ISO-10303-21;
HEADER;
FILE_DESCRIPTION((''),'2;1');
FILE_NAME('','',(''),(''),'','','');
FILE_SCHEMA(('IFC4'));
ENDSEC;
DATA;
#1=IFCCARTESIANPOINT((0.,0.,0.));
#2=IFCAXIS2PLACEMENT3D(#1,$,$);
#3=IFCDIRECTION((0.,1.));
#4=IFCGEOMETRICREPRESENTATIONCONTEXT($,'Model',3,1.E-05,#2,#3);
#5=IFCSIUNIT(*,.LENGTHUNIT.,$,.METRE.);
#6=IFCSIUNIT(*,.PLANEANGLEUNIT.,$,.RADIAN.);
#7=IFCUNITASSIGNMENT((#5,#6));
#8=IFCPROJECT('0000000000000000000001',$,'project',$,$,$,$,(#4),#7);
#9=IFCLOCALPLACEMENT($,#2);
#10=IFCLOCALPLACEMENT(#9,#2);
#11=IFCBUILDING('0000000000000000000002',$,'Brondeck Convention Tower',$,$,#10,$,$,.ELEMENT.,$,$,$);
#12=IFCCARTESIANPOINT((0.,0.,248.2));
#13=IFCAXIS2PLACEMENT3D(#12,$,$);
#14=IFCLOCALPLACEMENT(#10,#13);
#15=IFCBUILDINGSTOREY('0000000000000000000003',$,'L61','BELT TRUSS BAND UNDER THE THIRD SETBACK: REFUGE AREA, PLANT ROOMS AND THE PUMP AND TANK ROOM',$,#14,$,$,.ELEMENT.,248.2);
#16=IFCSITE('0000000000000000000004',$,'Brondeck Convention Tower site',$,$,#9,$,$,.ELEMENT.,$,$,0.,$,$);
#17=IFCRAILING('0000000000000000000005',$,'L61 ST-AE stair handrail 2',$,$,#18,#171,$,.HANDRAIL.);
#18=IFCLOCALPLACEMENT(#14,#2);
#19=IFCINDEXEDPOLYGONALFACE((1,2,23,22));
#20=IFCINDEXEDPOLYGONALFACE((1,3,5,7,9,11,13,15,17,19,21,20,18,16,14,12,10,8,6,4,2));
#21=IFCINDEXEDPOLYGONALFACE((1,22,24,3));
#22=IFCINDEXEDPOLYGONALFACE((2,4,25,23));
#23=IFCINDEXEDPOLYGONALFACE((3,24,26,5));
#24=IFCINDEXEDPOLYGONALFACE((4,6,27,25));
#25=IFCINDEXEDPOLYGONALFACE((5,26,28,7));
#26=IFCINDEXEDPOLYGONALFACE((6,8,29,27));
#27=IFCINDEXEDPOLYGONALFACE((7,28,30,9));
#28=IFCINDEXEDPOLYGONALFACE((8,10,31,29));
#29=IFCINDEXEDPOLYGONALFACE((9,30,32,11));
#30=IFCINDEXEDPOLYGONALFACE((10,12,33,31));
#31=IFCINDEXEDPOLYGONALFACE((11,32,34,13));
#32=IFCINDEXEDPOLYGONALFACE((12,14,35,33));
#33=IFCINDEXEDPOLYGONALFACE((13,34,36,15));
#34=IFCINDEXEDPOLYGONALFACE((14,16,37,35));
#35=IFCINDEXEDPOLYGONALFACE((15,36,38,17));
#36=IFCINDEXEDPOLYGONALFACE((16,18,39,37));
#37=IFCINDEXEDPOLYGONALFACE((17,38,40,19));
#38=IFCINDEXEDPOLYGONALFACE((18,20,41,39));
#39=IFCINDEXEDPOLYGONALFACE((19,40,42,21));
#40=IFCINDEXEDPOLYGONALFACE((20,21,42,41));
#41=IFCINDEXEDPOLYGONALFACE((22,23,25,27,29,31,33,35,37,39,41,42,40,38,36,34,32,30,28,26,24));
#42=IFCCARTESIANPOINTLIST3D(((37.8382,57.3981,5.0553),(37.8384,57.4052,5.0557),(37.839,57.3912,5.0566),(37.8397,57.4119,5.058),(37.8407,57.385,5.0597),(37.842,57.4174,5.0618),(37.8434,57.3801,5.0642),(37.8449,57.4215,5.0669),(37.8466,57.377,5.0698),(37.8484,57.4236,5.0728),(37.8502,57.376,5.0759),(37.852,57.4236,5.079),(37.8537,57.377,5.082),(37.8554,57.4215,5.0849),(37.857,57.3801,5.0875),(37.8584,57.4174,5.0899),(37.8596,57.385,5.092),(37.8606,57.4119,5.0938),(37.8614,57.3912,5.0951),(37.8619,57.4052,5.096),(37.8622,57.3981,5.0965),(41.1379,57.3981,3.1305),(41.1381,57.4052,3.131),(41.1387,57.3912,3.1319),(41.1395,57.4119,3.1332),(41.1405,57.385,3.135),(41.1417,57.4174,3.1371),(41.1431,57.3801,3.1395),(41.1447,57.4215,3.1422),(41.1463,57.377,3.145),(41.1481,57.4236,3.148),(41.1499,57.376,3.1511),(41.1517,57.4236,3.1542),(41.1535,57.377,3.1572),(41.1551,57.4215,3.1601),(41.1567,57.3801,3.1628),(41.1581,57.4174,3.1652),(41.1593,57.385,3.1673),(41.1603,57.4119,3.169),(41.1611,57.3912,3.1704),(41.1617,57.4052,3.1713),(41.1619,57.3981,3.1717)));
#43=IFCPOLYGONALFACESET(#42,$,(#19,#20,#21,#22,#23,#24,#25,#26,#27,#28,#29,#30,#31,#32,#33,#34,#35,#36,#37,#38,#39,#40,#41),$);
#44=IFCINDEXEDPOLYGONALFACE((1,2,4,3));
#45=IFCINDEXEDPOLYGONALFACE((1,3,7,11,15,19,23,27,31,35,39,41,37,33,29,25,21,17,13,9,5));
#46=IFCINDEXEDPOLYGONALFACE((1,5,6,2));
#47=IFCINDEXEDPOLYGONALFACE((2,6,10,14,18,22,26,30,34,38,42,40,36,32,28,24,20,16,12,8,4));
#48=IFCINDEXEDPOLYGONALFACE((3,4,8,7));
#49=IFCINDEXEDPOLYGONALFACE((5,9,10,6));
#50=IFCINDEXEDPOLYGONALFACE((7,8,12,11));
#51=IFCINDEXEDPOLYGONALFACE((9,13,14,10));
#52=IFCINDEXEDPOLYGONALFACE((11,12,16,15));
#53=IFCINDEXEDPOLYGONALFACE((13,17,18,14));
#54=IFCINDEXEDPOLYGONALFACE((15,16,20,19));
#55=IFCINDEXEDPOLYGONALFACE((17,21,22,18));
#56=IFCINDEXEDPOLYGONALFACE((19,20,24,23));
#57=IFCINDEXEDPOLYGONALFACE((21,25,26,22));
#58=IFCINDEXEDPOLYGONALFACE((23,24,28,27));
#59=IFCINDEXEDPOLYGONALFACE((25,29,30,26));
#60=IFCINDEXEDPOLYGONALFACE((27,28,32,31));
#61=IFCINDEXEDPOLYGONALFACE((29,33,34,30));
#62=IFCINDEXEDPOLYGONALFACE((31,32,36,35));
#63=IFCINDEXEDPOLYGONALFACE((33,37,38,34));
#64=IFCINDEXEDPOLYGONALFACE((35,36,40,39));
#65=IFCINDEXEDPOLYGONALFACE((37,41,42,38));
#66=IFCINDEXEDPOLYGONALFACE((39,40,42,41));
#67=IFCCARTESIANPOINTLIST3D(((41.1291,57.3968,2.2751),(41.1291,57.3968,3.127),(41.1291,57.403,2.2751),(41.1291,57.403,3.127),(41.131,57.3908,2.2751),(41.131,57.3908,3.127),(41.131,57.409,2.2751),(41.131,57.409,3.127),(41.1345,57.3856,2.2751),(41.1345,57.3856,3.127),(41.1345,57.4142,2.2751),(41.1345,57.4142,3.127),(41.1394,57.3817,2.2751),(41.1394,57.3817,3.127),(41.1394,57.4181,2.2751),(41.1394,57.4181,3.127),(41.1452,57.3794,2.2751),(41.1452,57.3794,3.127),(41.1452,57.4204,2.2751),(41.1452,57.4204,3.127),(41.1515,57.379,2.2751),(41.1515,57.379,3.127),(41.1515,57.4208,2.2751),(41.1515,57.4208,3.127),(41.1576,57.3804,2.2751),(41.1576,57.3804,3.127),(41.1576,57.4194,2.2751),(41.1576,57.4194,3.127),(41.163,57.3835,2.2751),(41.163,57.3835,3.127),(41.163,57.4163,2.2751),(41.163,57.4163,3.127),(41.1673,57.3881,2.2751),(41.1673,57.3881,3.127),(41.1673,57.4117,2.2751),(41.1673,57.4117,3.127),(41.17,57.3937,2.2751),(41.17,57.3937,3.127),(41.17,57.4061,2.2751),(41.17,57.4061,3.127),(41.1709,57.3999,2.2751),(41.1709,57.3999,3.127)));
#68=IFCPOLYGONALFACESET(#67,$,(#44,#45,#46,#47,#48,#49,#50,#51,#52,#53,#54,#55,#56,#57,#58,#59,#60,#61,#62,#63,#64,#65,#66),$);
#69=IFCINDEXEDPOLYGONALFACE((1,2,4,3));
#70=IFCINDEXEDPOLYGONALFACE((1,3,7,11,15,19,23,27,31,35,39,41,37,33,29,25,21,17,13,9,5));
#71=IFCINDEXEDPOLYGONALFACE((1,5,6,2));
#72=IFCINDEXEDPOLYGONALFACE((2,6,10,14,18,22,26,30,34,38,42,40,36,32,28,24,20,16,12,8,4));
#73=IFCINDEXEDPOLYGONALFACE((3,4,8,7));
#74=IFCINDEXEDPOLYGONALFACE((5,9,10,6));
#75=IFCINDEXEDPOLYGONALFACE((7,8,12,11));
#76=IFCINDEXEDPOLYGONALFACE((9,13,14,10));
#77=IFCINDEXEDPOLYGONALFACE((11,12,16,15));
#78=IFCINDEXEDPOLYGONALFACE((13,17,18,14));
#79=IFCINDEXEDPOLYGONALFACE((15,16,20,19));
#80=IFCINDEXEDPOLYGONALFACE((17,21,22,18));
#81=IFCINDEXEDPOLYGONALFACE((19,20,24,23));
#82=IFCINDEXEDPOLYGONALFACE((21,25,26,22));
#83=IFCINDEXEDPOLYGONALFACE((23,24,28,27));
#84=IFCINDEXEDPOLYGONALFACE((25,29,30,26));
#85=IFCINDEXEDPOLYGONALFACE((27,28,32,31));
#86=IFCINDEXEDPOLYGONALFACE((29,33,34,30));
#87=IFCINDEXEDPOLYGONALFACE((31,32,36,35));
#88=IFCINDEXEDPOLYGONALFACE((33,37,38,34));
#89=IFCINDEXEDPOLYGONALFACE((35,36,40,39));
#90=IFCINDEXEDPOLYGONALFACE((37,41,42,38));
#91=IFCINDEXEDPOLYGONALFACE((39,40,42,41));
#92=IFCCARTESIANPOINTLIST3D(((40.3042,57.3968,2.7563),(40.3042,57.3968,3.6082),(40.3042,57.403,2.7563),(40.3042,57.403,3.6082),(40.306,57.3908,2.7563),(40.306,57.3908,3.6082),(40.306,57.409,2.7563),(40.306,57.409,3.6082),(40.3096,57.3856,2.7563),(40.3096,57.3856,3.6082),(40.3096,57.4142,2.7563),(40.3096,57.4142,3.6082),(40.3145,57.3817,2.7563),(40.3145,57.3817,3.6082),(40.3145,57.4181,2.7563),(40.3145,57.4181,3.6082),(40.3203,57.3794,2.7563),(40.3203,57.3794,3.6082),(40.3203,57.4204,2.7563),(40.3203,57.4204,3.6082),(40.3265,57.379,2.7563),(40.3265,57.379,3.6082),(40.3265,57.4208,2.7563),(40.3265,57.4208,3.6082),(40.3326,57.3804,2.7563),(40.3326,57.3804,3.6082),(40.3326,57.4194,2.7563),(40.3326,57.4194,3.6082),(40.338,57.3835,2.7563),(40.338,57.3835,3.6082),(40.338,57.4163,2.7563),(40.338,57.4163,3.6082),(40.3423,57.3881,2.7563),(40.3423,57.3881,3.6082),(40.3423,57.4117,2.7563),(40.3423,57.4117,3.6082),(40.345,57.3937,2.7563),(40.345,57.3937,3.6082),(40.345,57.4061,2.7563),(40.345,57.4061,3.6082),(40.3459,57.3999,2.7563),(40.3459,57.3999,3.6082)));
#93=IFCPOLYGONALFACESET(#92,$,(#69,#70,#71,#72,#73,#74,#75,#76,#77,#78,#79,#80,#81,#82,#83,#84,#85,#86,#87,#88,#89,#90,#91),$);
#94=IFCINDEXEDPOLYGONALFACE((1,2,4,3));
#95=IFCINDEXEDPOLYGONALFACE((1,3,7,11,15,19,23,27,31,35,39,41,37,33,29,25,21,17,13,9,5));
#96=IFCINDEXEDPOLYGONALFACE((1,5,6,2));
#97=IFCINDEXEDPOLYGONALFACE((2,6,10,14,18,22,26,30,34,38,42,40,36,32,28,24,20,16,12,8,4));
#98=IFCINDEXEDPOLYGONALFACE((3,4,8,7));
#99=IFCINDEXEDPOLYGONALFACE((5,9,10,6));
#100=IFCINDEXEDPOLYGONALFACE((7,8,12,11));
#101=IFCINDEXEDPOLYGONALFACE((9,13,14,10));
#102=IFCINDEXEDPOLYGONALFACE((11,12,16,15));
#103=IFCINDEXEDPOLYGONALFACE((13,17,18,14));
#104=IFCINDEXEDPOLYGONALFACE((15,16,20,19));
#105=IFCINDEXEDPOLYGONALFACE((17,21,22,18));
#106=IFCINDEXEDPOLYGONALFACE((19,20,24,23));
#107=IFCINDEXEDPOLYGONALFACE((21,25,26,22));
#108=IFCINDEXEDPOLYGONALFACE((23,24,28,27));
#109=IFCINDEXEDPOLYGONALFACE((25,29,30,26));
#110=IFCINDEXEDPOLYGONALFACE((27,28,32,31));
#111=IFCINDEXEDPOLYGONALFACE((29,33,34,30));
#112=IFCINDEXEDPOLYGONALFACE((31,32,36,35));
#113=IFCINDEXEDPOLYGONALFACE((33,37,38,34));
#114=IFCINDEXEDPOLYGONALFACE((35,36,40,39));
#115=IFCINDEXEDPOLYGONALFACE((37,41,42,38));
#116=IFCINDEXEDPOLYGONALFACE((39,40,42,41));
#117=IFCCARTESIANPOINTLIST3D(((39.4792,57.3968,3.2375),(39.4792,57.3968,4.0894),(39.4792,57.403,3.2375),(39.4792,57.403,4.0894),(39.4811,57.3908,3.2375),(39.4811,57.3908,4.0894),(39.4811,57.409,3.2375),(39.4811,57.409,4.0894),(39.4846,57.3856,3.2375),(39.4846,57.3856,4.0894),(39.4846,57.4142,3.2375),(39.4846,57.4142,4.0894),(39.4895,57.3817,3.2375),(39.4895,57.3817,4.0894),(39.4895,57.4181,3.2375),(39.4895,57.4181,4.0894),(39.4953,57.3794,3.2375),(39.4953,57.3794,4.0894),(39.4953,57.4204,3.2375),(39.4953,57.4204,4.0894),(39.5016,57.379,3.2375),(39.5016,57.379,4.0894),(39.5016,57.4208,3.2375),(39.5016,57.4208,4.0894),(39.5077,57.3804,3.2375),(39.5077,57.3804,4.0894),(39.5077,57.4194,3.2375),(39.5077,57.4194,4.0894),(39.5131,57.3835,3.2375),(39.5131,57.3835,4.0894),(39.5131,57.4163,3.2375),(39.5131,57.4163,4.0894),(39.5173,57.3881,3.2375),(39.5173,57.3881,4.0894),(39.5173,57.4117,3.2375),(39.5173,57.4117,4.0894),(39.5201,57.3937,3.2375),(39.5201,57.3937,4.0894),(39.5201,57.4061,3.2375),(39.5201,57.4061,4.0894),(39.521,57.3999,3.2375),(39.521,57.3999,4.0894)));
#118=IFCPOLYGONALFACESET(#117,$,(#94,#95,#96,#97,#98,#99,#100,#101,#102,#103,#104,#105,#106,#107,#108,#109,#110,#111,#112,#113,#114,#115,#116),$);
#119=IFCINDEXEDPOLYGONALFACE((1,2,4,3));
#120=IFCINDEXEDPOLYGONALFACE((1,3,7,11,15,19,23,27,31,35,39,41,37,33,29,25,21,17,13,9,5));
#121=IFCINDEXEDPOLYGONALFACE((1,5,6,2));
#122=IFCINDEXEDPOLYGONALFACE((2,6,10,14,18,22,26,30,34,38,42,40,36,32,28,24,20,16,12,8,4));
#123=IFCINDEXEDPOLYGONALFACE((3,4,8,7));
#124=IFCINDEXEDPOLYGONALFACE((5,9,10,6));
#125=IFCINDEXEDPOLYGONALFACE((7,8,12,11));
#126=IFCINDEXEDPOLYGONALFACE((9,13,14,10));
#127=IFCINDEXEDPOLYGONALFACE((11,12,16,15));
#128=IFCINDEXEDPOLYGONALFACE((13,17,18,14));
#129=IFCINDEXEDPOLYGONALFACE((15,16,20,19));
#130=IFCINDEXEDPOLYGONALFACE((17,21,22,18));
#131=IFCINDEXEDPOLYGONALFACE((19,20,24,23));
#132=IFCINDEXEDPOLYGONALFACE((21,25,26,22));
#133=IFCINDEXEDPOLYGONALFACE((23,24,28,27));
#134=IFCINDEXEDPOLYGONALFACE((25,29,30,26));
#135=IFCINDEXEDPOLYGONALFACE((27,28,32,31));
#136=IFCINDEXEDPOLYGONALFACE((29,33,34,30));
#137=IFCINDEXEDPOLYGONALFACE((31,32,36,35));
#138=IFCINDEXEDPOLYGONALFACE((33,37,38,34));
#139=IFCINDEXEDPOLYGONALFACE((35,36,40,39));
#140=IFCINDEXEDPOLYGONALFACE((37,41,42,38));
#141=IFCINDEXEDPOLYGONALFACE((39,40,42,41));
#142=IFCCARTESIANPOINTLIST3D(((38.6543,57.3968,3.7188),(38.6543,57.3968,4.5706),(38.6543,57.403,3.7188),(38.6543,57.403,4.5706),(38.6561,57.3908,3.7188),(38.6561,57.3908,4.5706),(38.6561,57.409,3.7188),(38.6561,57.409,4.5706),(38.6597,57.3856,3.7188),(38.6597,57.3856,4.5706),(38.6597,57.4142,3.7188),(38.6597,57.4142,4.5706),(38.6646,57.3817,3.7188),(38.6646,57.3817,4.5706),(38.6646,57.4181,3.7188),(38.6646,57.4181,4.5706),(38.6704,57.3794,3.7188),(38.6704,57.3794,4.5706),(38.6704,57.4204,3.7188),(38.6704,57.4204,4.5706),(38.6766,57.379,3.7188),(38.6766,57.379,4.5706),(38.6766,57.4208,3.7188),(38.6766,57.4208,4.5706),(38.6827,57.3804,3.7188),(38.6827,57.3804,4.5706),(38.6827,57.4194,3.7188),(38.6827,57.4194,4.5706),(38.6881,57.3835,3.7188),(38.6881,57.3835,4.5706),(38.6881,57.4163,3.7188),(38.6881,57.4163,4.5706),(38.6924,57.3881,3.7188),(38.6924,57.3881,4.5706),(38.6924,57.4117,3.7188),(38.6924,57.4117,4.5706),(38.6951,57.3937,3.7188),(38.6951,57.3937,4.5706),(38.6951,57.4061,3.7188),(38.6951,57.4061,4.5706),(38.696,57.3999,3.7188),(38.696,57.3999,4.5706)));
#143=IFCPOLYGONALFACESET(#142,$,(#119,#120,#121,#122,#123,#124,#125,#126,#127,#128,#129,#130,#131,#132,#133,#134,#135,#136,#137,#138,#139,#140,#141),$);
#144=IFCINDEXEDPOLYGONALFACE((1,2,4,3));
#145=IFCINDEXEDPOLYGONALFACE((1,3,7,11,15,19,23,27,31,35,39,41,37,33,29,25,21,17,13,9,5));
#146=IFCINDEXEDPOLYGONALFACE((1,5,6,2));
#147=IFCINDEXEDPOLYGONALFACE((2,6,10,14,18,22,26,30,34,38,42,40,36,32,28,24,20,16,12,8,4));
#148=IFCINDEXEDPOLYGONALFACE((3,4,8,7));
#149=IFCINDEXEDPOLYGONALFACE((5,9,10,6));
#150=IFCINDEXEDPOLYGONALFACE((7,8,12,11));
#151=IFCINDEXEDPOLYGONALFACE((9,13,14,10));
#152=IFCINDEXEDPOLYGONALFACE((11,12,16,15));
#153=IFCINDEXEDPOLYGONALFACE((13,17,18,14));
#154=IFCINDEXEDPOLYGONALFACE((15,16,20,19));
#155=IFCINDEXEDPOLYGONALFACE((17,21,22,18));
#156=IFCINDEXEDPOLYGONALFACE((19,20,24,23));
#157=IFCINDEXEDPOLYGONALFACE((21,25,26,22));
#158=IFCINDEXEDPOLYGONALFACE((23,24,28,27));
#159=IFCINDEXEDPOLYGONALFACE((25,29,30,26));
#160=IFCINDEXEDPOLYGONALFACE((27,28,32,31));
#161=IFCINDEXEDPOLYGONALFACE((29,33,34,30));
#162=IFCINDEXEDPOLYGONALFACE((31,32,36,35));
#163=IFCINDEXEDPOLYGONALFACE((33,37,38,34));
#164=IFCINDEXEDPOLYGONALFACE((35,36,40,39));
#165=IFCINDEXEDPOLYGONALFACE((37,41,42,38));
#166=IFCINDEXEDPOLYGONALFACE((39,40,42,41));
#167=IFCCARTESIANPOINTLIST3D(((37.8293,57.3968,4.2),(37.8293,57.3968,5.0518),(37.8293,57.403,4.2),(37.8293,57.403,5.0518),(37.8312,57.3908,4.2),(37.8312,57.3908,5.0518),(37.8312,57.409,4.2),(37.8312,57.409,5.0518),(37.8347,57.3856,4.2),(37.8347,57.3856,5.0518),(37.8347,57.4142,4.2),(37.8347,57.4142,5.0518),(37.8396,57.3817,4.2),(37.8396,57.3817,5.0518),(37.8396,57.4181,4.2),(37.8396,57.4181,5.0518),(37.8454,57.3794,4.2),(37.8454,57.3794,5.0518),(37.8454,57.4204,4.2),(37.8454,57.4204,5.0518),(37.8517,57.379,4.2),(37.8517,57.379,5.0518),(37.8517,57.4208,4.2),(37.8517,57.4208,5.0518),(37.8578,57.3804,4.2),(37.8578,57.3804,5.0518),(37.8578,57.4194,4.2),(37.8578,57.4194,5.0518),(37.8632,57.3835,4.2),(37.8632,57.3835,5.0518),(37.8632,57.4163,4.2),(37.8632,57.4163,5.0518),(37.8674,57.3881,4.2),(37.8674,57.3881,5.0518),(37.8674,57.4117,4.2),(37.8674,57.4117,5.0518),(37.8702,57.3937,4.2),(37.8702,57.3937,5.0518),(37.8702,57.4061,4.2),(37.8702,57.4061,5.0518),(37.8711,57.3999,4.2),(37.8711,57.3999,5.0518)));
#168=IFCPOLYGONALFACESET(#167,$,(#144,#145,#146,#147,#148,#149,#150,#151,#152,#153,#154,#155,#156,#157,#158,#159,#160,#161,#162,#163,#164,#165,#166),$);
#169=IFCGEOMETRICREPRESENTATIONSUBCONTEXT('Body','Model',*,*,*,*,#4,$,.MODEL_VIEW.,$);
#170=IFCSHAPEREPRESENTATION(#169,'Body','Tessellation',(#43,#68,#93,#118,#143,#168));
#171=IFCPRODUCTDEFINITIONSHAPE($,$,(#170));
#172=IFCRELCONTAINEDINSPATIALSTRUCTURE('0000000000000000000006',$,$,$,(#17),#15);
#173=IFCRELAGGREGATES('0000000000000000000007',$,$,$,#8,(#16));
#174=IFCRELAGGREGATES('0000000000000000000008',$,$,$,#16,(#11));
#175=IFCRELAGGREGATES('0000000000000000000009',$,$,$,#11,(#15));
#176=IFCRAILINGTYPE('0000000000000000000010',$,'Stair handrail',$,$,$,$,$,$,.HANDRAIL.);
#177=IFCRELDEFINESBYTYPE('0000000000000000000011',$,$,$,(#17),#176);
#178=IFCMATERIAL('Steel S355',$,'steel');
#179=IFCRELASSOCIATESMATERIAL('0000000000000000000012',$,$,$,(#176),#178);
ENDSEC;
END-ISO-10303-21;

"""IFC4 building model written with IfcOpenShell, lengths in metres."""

from ifc_helpers import new_model, si_unit, direction, frame, origin, origin_2d, place, context, subcontext, project, spatial, circle, extrude, material, type_object, element, save


model = new_model("IFC4")

# Units and contexts
model_context = context("Model", 3, precision=1e-05, world=origin(), true_north=direction((0.0, 1.0)))
body_context = subcontext(model_context, "Body", "Model", "MODEL_VIEW")
ifc_project = project(units=[si_unit("LENGTHUNIT", "METRE"), si_unit("PLANEANGLEUNIT", "RADIAN")], contexts=[model_context])

# Site, building, storey
site_placement = place(None, origin())
site = spatial("IfcSite", under=ifc_project, at=site_placement, Name="Brondeck Convention Tower site", CompositionType="ELEMENT", RefElevation=0.0)
building_placement = place(site_placement, origin())
building = spatial("IfcBuilding", under=site, at=building_placement, Name="Brondeck Convention Tower", CompositionType="ELEMENT")
storey_placement = place(building_placement, frame((0.0, 0.0, 248.2)))
storey = spatial("IfcBuildingStorey", under=building, at=storey_placement, Name="L61", Description="BELT TRUSS BAND UNDER THE THIRD SETBACK: REFUGE AREA, PLANT ROOMS AND THE PUMP AND TANK ROOM", CompositionType="ELEMENT", Elevation=248.2)

# Shared definitions
ifc_material_1 = material(Name="Steel S355", Category="steel")

# Railing
railing_type_1 = type_object("IfcRailingType", Name="Stair handrail", PredefinedType="HANDRAIL", material=ifc_material_1)
railing_1_placement = place(storey_placement, frame((41.1499, 57.3999, 2.2751)))
element("IfcRailing", 1, at=railing_1_placement, inside=storey, type_object=railing_type_1, Name="L61 ST-AE stair handrail 2", PredefinedType="HANDRAIL", context=body_context, shape_type="SweptSolid", body=[
    extrude(circle(Radius=0.0239, at=origin_2d()), frame((0.0, 0.0, 0.876), z_axis=(-0.863788, 0.0, 0.503855), x_axis=(0.0, -1.0, 0.0)), (0.0, 0.0, 1.0), 3.8201),
    extrude(circle(Radius=0.021, at=origin_2d()), origin(), (0.0, 0.0, 1.0), 0.8518),
    extrude(circle(Radius=0.021, at=origin_2d()), frame((-0.825, 0.0, 0.4812)), (0.0, 0.0, 1.0), 0.8518),
    extrude(circle(Radius=0.021, at=origin_2d()), frame((-1.6499, 0.0, 0.9624)), (0.0, 0.0, 1.0), 0.8518),
    extrude(circle(Radius=0.021, at=origin_2d()), frame((-2.4749, 0.0, 1.4436)), (0.0, 0.0, 1.0), 0.8518),
    extrude(circle(Radius=0.021, at=origin_2d()), frame((-3.2998, 0.0, 1.9248)), (0.0, 0.0, 1.0), 0.8518),
])

save(model, "model.ifc")
